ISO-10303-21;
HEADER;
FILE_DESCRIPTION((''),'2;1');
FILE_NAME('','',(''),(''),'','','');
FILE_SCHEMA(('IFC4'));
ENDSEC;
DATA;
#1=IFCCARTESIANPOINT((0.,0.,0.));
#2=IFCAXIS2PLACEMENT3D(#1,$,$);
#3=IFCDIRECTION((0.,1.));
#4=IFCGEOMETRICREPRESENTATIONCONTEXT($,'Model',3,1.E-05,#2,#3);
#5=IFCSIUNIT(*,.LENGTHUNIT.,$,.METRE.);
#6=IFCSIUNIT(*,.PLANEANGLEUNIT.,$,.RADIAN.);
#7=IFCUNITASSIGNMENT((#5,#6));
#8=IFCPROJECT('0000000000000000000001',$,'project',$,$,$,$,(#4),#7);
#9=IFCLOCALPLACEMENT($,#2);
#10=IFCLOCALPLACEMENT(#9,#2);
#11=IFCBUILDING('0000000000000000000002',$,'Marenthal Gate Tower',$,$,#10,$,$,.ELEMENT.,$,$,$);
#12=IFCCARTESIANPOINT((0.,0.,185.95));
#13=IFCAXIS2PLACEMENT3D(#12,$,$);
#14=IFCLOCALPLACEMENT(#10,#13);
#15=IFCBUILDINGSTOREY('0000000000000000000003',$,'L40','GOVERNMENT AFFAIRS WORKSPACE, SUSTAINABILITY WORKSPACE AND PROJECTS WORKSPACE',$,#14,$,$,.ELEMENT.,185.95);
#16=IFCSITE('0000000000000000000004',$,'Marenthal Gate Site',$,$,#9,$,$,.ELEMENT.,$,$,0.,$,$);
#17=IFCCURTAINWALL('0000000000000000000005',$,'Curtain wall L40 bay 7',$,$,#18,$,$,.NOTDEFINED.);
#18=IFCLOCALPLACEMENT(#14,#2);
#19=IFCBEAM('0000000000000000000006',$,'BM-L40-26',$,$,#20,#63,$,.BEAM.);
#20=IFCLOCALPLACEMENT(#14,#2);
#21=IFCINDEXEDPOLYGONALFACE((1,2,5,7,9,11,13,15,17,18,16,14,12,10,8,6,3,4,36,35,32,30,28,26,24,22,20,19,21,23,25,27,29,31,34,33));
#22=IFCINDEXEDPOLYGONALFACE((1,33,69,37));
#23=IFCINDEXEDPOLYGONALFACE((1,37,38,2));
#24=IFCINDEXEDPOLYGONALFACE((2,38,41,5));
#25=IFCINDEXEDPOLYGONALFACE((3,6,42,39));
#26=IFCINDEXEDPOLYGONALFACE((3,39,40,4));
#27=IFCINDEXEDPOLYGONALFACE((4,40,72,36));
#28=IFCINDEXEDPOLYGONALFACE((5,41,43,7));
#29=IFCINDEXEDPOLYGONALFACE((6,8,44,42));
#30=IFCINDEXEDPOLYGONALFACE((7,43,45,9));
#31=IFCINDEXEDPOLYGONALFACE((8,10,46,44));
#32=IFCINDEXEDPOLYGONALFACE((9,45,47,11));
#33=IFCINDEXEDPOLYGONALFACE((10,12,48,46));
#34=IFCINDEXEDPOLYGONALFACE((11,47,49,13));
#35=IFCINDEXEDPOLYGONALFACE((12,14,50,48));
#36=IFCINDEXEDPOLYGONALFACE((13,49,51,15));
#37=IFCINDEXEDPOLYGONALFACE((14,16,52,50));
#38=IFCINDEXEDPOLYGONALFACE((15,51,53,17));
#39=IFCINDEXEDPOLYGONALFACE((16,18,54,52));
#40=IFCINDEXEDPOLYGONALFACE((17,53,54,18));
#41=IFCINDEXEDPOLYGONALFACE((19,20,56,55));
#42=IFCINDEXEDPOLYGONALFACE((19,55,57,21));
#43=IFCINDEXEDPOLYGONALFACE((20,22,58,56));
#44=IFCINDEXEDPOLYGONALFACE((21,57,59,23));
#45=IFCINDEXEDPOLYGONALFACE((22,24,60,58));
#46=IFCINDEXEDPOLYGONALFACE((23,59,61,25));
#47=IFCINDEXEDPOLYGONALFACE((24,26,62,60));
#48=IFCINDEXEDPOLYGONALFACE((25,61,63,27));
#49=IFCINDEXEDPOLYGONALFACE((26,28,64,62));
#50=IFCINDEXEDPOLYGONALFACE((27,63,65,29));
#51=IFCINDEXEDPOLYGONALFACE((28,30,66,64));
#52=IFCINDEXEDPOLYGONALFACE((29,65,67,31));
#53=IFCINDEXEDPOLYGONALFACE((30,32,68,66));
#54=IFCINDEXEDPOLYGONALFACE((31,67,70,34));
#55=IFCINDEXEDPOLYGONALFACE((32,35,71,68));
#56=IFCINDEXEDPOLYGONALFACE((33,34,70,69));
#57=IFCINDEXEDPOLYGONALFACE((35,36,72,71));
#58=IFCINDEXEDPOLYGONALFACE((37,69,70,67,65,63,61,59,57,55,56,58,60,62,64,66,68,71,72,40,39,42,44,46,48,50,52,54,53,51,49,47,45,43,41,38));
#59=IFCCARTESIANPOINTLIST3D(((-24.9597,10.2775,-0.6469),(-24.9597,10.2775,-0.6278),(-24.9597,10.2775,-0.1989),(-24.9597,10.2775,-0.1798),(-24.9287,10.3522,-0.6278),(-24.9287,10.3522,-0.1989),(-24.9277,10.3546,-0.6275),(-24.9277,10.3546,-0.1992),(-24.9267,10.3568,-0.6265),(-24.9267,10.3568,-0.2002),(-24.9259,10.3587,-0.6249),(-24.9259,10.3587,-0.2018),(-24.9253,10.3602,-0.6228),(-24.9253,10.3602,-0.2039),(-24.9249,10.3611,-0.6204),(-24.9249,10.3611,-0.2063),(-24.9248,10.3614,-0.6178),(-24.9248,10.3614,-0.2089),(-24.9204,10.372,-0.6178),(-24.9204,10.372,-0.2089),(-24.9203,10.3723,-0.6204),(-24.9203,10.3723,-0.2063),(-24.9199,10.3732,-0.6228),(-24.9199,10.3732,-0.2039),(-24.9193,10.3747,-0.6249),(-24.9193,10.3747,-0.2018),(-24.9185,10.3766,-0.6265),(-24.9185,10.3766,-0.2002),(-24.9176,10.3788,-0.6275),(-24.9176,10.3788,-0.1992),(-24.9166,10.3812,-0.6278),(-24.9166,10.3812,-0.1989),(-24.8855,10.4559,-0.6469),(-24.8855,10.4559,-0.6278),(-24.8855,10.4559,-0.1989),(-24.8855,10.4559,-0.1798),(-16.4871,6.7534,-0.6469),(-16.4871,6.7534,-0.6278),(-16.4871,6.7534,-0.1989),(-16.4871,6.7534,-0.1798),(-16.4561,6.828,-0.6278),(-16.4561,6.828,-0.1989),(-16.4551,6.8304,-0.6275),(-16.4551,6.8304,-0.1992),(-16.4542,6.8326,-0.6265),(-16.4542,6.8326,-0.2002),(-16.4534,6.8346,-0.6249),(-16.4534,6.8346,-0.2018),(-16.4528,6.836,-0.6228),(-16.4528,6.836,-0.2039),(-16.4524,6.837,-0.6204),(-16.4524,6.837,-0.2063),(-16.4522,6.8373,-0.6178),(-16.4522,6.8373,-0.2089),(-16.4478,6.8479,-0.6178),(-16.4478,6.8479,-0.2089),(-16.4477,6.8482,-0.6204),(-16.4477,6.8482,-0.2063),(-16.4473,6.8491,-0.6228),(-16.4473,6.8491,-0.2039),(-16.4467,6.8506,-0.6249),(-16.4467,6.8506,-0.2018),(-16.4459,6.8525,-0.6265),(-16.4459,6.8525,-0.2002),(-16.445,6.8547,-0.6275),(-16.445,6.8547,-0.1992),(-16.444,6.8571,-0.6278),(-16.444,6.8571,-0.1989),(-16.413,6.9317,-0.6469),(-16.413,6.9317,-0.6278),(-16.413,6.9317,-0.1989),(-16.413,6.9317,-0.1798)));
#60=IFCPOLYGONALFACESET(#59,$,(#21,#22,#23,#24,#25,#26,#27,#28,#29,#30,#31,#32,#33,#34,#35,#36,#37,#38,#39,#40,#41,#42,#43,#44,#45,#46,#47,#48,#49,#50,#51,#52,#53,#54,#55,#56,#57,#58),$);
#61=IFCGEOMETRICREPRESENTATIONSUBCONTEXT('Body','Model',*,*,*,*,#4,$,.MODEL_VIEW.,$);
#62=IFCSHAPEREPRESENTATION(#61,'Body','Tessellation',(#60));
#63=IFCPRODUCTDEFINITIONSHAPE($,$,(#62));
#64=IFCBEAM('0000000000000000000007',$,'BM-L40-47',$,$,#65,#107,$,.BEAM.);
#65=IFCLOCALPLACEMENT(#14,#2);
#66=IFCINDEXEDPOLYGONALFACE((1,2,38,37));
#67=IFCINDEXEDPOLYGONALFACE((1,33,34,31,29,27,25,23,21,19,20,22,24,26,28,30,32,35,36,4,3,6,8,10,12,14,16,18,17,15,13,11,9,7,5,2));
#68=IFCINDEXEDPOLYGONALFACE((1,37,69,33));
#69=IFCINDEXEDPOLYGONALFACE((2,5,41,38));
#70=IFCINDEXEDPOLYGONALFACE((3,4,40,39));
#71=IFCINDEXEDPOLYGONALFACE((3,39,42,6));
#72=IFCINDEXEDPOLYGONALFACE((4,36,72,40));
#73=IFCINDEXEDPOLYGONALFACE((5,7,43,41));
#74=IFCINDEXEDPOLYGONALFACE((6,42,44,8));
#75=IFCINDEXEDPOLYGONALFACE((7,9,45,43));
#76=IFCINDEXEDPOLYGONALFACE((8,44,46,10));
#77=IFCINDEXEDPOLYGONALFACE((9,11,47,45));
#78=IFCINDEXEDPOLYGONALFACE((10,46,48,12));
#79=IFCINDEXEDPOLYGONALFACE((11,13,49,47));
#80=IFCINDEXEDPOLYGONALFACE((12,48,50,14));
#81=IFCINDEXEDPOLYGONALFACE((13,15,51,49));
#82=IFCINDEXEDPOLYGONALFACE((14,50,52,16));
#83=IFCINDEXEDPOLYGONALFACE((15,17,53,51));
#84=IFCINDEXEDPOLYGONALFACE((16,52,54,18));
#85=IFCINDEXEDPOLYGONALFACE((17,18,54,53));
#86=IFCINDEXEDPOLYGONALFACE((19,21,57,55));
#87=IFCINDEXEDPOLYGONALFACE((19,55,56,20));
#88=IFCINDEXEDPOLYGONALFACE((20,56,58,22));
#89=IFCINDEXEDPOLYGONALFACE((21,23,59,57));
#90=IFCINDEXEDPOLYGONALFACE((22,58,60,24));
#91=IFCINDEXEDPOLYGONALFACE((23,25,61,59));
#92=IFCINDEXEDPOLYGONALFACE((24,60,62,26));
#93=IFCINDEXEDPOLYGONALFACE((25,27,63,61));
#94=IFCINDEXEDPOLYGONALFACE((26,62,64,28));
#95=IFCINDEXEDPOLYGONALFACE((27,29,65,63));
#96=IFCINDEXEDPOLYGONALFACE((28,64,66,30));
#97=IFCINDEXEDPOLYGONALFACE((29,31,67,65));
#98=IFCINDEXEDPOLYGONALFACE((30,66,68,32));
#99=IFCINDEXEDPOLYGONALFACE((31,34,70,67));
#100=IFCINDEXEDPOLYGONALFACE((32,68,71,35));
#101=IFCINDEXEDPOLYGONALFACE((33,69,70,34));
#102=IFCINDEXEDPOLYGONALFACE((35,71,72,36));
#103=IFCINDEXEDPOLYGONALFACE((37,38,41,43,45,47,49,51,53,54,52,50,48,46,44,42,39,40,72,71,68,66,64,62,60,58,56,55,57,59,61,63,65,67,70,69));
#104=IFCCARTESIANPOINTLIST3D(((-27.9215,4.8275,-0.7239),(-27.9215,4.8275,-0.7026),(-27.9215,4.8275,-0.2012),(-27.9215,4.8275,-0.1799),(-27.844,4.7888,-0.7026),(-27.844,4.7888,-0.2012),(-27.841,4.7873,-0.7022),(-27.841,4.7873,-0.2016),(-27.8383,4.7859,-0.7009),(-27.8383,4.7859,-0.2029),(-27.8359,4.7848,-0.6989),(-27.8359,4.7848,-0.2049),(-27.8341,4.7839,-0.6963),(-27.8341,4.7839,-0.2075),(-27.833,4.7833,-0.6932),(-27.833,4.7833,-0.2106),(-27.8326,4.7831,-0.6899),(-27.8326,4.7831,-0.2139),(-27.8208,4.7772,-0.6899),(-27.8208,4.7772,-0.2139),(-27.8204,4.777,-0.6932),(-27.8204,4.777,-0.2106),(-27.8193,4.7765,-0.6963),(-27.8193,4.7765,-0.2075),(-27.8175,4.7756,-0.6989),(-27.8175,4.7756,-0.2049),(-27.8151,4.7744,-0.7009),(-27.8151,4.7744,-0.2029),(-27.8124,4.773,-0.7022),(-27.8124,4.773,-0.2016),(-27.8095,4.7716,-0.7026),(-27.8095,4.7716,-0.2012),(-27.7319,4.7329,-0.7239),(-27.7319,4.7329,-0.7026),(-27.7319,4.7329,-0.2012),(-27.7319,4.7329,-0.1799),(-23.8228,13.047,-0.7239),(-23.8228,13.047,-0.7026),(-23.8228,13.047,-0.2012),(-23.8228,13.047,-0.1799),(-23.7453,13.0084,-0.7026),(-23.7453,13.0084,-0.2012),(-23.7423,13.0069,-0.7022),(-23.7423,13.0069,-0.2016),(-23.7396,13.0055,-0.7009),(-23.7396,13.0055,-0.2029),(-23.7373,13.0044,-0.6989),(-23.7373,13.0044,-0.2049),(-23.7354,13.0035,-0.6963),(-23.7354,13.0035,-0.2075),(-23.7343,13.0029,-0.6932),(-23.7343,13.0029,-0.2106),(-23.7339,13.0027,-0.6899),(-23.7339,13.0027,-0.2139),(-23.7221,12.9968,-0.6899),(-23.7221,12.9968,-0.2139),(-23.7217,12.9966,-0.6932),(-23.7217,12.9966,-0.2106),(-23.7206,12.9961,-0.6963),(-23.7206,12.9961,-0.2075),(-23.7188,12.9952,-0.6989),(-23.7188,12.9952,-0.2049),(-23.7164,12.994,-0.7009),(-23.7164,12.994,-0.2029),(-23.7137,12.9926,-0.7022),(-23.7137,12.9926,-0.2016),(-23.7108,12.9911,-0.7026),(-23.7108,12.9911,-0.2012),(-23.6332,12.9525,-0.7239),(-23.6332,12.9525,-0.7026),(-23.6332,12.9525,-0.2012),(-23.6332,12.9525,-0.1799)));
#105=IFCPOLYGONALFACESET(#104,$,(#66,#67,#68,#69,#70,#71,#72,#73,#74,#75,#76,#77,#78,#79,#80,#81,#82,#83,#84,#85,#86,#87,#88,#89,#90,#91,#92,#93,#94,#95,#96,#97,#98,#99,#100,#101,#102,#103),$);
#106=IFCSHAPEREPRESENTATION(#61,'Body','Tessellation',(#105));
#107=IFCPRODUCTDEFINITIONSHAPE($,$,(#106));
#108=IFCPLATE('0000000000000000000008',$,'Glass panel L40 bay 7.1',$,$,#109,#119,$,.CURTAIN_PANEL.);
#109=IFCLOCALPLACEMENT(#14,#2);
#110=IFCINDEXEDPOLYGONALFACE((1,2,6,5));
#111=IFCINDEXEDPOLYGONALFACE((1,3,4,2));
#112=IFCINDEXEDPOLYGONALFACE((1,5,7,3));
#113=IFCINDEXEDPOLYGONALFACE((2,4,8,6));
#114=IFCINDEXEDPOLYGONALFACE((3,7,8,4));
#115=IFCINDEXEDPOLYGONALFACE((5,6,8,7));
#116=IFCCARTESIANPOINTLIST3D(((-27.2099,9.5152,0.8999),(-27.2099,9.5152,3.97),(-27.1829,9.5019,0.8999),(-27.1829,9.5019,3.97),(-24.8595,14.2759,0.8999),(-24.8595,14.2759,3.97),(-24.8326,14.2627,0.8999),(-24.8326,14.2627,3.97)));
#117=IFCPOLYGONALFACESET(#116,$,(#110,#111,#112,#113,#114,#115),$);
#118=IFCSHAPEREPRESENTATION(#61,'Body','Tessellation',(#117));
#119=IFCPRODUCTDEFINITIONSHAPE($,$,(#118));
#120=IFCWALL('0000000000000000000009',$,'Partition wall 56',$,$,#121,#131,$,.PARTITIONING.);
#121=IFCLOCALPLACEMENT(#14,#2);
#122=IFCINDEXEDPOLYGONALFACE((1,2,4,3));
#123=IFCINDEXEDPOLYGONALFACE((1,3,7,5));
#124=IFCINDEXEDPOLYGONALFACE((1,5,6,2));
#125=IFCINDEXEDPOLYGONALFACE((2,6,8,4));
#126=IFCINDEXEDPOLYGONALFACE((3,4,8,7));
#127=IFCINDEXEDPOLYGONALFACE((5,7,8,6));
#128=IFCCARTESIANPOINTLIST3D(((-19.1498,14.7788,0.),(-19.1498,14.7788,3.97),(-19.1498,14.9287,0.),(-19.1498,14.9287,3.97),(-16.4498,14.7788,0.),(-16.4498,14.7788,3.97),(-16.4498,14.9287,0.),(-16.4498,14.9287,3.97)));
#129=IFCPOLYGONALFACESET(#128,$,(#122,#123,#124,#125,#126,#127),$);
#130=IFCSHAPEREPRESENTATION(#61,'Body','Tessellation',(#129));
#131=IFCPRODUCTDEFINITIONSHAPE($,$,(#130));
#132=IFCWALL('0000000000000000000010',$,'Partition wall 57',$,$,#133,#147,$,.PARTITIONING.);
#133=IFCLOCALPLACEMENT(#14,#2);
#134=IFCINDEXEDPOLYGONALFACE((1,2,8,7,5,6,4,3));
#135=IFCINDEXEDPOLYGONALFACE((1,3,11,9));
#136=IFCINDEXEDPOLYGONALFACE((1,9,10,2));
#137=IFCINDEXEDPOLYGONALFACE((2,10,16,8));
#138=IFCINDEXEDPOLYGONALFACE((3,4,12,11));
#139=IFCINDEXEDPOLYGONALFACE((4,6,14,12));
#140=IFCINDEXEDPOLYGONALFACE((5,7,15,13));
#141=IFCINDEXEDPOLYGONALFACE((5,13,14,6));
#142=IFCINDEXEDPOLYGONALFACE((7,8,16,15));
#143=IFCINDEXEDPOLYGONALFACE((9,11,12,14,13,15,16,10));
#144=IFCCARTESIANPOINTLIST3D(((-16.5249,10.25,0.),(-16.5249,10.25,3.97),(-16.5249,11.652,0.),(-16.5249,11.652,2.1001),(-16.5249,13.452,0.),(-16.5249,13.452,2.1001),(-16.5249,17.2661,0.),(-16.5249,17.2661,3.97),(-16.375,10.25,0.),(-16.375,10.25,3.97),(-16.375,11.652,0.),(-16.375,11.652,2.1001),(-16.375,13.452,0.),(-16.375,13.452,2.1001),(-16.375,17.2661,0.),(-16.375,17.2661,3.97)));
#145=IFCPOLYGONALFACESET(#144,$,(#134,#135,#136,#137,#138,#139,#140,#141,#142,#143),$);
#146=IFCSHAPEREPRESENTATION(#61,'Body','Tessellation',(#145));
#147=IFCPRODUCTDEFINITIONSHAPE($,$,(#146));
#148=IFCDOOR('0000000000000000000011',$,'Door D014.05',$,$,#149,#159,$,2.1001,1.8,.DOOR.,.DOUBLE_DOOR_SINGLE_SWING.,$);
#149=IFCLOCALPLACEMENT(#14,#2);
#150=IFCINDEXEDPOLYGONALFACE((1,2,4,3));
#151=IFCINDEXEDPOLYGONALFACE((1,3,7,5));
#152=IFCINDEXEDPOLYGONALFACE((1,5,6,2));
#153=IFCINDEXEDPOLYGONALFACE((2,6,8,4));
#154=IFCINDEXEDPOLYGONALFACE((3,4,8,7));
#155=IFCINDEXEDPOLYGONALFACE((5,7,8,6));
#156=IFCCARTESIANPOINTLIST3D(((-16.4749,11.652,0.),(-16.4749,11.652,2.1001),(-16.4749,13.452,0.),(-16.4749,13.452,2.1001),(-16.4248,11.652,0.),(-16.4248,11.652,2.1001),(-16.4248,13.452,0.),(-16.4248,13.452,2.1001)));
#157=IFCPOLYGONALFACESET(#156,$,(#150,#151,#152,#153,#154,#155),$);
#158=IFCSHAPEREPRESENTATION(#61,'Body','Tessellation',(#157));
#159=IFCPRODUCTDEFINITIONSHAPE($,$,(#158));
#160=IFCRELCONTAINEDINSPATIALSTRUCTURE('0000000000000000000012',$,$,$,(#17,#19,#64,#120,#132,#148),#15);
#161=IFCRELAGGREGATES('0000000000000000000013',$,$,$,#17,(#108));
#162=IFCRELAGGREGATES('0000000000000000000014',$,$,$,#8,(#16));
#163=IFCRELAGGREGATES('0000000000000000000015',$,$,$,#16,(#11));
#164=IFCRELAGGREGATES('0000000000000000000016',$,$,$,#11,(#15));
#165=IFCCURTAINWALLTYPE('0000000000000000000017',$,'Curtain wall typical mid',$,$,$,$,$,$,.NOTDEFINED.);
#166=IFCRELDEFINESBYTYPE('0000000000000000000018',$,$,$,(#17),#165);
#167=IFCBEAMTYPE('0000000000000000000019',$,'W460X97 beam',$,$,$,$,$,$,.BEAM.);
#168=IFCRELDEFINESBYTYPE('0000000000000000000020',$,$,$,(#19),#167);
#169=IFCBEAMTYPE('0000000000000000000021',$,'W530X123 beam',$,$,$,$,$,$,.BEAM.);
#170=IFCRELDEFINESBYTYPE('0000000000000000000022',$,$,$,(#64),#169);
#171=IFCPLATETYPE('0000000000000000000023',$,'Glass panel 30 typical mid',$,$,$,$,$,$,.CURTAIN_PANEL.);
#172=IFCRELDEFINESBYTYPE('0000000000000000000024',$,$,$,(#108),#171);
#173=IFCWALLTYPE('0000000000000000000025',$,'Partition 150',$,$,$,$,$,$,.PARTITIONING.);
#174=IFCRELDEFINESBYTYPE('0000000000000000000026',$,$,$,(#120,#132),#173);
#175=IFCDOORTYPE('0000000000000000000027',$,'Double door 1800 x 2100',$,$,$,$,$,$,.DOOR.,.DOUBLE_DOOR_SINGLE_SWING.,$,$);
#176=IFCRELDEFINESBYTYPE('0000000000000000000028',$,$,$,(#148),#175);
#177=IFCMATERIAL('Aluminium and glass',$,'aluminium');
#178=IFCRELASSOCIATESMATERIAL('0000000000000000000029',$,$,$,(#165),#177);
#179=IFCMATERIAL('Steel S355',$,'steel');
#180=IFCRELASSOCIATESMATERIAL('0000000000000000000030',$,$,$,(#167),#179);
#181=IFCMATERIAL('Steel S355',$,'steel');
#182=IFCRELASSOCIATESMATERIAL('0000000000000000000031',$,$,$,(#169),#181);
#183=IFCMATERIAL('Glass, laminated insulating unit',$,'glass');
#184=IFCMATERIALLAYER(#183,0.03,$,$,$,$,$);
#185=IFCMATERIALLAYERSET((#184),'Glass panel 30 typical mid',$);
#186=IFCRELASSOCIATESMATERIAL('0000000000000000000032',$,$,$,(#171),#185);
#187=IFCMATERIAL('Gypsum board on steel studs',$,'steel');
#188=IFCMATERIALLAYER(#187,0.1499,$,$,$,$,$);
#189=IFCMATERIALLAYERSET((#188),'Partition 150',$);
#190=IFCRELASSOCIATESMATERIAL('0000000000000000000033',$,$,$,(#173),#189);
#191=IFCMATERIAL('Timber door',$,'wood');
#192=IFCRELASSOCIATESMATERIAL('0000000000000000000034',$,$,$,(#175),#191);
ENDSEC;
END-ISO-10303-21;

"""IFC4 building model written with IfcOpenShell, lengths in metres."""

from ifc_helpers import new_model, si_unit, direction, frame, frame_2d, origin, origin_2d, place, context, subcontext, project, spatial, rectangle, i_section, extrude, material, layer, layer_set, material_profile, profile_set, type_object, element, fill, aggregate, save


model = new_model("IFC4")

# Units and contexts
model_context = context("Model", 3, precision=1e-05, world=origin(), true_north=direction((0.0, 1.0)))
body_context = subcontext(model_context, "Body", "Model", "MODEL_VIEW")
ifc_project = project(units=[si_unit("LENGTHUNIT", "METRE"), si_unit("PLANEANGLEUNIT", "RADIAN")], contexts=[model_context])

# Site, building, storey
site_placement = place(None, origin())
site = spatial("IfcSite", under=ifc_project, at=site_placement, Name="Marenthal Gate Site", CompositionType="ELEMENT", RefElevation=0.0)
building_placement = place(site_placement, origin())
building = spatial("IfcBuilding", under=site, at=building_placement, Name="Marenthal Gate Tower", CompositionType="ELEMENT")
storey_placement = place(building_placement, frame((0.0, 0.0, 185.95)))
storey = spatial("IfcBuildingStorey", under=building, at=storey_placement, Name="L40", Description="GOVERNMENT AFFAIRS WORKSPACE, SUSTAINABILITY WORKSPACE AND PROJECTS WORKSPACE", CompositionType="ELEMENT", Elevation=185.95)

# Shared definitions
ifc_material_1 = material(Name="Aluminium and glass", Category="aluminium")
curtain_wall_type = type_object("IfcCurtainWallType", Name="Curtain wall typical mid", PredefinedType="NOTDEFINED", material=ifc_material_1)

# Curtain wall
curtain_wall_1_placement = place(storey_placement, origin())
curtain_wall_1 = element("IfcCurtainWall", 1, at=curtain_wall_1_placement, inside=storey, type_object=curtain_wall_type, Name="Curtain wall L40 bay 7", PredefinedType="NOTDEFINED")

# Beams
ifc_material_2 = material(Name="Steel S355", Category="steel")
ifc_material_profile_1 = material_profile(ifc_material_2, i_section(OverallWidth=0.1931, OverallDepth=0.467, WebThickness=0.0115, FlangeThickness=0.019, FilletRadius=0.01, at=origin_2d()), Name="W460X97")
ifc_profile_set_1 = profile_set([ifc_material_profile_1], Name="Steel S355")
beam_type_1 = type_object("IfcBeamType", Name="W460X97 beam", PredefinedType="BEAM", material=ifc_profile_set_1)
beam_1_placement = place(storey_placement, frame((-24.9226, 10.3667, -0.4133), z_axis=(0.923313, -0.384049, 0.0), x_axis=(0.384049, 0.923313, 0.0)))
element("IfcBeam", 2, at=beam_1_placement, inside=storey, type_object=beam_type_1, Name="BM-L40-26", PredefinedType="BEAM", context=body_context, shape_type="SweptSolid", body=[
    extrude(i_section(OverallWidth=0.1931, OverallDepth=0.467, WebThickness=0.0115, FlangeThickness=0.019, FilletRadius=0.01, at=origin_2d()), origin(), (0.0, 0.0, 1.0), 9.1763),
])
ifc_material_3 = material(Name="Steel S355", Category="steel")
ifc_material_profile_2 = material_profile(ifc_material_3, i_section(OverallWidth=0.2119, OverallDepth=0.5439, WebThickness=0.0132, FlangeThickness=0.0212, FilletRadius=0.0127, at=origin_2d()), Name="W530X123")
ifc_profile_set_2 = profile_set([ifc_material_profile_2], Name="Steel S355")
beam_type_2 = type_object("IfcBeamType", Name="W530X123 beam", PredefinedType="BEAM", material=ifc_profile_set_2)
beam_2_placement = place(storey_placement, frame((-23.728, 12.9998, -0.4519), z_axis=(-0.446246, -0.89491, 0.0), x_axis=(0.89491, -0.446246, 0.0)))
element("IfcBeam", 3, at=beam_2_placement, inside=storey, type_object=beam_type_2, Name="BM-L40-47", PredefinedType="BEAM", context=body_context, shape_type="SweptSolid", body=[
    extrude(i_section(OverallWidth=0.2119, OverallDepth=0.5439, WebThickness=0.0132, FlangeThickness=0.0212, FilletRadius=0.0127, at=origin_2d()), origin(), (0.0, 0.0, 1.0), 9.1848),
])

# Plate
ifc_material_4 = material(Name="Glass, laminated insulating unit", Category="glass")
ifc_layer_1 = layer(ifc_material_4, 0.03)
ifc_layer_set_1 = layer_set([ifc_layer_1], Name="Glass panel 30 typical mid")
plate_type = type_object("IfcPlateType", Name="Glass panel 30 typical mid", PredefinedType="CURTAIN_PANEL", material=ifc_layer_set_1)
plate_placement = place(storey_placement, frame((-26.0212, 11.8889, 0.8999), z_axis=(0.0, 0.0, 1.0), x_axis=(-0.442678, -0.896681, 0.0)))
plate = element("IfcPlate", 4, at=plate_placement, type_object=plate_type, Name="Glass panel L40 bay 7.1", PredefinedType="CURTAIN_PANEL", context=body_context, shape_type="SweptSolid", body=[
    extrude(rectangle(XDim=5.3093, YDim=0.03, at=origin_2d()), origin(), (0.0, 0.0, 1.0), 3.0701),
])
aggregate(curtain_wall_1, [plate])

# Wall
ifc_material_5 = material(Name="Gypsum board on steel studs", Category="steel")
ifc_layer_2 = layer(ifc_material_5, 0.1499)
ifc_layer_set_2 = layer_set([ifc_layer_2], Name="Partition 150")
wall_type_1 = type_object("IfcWallType", Name="Partition 150", PredefinedType="PARTITIONING", material=ifc_layer_set_2)
wall_1_placement = place(storey_placement, frame((-19.1499, 14.8538, 0.0), z_axis=(0.0, 0.0, 1.0), x_axis=(1.0, 0.0, 0.0)))
element("IfcWall", 5, at=wall_1_placement, inside=storey, type_object=wall_type_1, Name="Partition wall 56", PredefinedType="PARTITIONING", context=body_context, shape_type="SweptSolid", body=[
    extrude(rectangle(XDim=2.7, YDim=0.1499, at=frame_2d((1.3501, 0.0))), origin(), (0.0, 0.0, 1.0), 3.97),
])

# Wall, opening, door
wall_2_placement = place(storey_placement, frame((-16.45, 10.25, 0.0), z_axis=(0.0, 0.0, 1.0), x_axis=(0.0, 1.0, 0.0)))
wall_2 = element("IfcWall", 6, at=wall_2_placement, inside=storey, type_object=wall_type_1, Name="Partition wall 57", PredefinedType="PARTITIONING", context=body_context, shape_type="SweptSolid", body=[
    extrude(rectangle(XDim=7.0161, YDim=0.1499, at=frame_2d((3.5081, 0.0))), origin(), (0.0, 0.0, 1.0), 3.97),
])
opening_1_placement = place(wall_2_placement, frame((1.4021, 0.0, 0.0)))
opening_1 = element("IfcOpeningElement", 7, at=opening_1_placement, cuts=wall_2, PredefinedType="OPENING", context=body_context, shape_type="SweptSolid", body=[
    extrude(rectangle(XDim=1.8, YDim=2.1001, at=frame_2d((0.8999, 1.05))), frame((0.0, 0.085, 0.0), z_axis=(0.0, -1.0, 0.0), x_axis=(1.0, 0.0, 0.0)), (0.0, 0.0, 1.0), 0.1699),
])
ifc_material_6 = material(Name="Timber door", Category="wood")
door_type_1 = type_object("IfcDoorType", Name="Double door 1800 x 2100", OperationType="DOUBLE_DOOR_SINGLE_SWING", PredefinedType="DOOR", material=ifc_material_6)
door_1_placement = place(opening_1_placement, origin())
door_1 = element("IfcDoor", 8, at=door_1_placement, inside=storey, type_object=door_type_1, Name="Door D014.05", OperationType="DOUBLE_DOOR_SINGLE_SWING", OverallHeight=2.1001, OverallWidth=1.8, PredefinedType="DOOR", context=body_context, shape_type="SweptSolid", body=[
    extrude(rectangle(XDim=1.8, YDim=2.1001, at=frame_2d((0.8999, 1.05))), frame((0.0, 0.0249, 0.0), z_axis=(0.0, -1.0, 0.0), x_axis=(1.0, 0.0, 0.0)), (0.0, 0.0, 1.0), 0.05),
])
fill(opening_1, door_1)

save(model, "model.ifc")
